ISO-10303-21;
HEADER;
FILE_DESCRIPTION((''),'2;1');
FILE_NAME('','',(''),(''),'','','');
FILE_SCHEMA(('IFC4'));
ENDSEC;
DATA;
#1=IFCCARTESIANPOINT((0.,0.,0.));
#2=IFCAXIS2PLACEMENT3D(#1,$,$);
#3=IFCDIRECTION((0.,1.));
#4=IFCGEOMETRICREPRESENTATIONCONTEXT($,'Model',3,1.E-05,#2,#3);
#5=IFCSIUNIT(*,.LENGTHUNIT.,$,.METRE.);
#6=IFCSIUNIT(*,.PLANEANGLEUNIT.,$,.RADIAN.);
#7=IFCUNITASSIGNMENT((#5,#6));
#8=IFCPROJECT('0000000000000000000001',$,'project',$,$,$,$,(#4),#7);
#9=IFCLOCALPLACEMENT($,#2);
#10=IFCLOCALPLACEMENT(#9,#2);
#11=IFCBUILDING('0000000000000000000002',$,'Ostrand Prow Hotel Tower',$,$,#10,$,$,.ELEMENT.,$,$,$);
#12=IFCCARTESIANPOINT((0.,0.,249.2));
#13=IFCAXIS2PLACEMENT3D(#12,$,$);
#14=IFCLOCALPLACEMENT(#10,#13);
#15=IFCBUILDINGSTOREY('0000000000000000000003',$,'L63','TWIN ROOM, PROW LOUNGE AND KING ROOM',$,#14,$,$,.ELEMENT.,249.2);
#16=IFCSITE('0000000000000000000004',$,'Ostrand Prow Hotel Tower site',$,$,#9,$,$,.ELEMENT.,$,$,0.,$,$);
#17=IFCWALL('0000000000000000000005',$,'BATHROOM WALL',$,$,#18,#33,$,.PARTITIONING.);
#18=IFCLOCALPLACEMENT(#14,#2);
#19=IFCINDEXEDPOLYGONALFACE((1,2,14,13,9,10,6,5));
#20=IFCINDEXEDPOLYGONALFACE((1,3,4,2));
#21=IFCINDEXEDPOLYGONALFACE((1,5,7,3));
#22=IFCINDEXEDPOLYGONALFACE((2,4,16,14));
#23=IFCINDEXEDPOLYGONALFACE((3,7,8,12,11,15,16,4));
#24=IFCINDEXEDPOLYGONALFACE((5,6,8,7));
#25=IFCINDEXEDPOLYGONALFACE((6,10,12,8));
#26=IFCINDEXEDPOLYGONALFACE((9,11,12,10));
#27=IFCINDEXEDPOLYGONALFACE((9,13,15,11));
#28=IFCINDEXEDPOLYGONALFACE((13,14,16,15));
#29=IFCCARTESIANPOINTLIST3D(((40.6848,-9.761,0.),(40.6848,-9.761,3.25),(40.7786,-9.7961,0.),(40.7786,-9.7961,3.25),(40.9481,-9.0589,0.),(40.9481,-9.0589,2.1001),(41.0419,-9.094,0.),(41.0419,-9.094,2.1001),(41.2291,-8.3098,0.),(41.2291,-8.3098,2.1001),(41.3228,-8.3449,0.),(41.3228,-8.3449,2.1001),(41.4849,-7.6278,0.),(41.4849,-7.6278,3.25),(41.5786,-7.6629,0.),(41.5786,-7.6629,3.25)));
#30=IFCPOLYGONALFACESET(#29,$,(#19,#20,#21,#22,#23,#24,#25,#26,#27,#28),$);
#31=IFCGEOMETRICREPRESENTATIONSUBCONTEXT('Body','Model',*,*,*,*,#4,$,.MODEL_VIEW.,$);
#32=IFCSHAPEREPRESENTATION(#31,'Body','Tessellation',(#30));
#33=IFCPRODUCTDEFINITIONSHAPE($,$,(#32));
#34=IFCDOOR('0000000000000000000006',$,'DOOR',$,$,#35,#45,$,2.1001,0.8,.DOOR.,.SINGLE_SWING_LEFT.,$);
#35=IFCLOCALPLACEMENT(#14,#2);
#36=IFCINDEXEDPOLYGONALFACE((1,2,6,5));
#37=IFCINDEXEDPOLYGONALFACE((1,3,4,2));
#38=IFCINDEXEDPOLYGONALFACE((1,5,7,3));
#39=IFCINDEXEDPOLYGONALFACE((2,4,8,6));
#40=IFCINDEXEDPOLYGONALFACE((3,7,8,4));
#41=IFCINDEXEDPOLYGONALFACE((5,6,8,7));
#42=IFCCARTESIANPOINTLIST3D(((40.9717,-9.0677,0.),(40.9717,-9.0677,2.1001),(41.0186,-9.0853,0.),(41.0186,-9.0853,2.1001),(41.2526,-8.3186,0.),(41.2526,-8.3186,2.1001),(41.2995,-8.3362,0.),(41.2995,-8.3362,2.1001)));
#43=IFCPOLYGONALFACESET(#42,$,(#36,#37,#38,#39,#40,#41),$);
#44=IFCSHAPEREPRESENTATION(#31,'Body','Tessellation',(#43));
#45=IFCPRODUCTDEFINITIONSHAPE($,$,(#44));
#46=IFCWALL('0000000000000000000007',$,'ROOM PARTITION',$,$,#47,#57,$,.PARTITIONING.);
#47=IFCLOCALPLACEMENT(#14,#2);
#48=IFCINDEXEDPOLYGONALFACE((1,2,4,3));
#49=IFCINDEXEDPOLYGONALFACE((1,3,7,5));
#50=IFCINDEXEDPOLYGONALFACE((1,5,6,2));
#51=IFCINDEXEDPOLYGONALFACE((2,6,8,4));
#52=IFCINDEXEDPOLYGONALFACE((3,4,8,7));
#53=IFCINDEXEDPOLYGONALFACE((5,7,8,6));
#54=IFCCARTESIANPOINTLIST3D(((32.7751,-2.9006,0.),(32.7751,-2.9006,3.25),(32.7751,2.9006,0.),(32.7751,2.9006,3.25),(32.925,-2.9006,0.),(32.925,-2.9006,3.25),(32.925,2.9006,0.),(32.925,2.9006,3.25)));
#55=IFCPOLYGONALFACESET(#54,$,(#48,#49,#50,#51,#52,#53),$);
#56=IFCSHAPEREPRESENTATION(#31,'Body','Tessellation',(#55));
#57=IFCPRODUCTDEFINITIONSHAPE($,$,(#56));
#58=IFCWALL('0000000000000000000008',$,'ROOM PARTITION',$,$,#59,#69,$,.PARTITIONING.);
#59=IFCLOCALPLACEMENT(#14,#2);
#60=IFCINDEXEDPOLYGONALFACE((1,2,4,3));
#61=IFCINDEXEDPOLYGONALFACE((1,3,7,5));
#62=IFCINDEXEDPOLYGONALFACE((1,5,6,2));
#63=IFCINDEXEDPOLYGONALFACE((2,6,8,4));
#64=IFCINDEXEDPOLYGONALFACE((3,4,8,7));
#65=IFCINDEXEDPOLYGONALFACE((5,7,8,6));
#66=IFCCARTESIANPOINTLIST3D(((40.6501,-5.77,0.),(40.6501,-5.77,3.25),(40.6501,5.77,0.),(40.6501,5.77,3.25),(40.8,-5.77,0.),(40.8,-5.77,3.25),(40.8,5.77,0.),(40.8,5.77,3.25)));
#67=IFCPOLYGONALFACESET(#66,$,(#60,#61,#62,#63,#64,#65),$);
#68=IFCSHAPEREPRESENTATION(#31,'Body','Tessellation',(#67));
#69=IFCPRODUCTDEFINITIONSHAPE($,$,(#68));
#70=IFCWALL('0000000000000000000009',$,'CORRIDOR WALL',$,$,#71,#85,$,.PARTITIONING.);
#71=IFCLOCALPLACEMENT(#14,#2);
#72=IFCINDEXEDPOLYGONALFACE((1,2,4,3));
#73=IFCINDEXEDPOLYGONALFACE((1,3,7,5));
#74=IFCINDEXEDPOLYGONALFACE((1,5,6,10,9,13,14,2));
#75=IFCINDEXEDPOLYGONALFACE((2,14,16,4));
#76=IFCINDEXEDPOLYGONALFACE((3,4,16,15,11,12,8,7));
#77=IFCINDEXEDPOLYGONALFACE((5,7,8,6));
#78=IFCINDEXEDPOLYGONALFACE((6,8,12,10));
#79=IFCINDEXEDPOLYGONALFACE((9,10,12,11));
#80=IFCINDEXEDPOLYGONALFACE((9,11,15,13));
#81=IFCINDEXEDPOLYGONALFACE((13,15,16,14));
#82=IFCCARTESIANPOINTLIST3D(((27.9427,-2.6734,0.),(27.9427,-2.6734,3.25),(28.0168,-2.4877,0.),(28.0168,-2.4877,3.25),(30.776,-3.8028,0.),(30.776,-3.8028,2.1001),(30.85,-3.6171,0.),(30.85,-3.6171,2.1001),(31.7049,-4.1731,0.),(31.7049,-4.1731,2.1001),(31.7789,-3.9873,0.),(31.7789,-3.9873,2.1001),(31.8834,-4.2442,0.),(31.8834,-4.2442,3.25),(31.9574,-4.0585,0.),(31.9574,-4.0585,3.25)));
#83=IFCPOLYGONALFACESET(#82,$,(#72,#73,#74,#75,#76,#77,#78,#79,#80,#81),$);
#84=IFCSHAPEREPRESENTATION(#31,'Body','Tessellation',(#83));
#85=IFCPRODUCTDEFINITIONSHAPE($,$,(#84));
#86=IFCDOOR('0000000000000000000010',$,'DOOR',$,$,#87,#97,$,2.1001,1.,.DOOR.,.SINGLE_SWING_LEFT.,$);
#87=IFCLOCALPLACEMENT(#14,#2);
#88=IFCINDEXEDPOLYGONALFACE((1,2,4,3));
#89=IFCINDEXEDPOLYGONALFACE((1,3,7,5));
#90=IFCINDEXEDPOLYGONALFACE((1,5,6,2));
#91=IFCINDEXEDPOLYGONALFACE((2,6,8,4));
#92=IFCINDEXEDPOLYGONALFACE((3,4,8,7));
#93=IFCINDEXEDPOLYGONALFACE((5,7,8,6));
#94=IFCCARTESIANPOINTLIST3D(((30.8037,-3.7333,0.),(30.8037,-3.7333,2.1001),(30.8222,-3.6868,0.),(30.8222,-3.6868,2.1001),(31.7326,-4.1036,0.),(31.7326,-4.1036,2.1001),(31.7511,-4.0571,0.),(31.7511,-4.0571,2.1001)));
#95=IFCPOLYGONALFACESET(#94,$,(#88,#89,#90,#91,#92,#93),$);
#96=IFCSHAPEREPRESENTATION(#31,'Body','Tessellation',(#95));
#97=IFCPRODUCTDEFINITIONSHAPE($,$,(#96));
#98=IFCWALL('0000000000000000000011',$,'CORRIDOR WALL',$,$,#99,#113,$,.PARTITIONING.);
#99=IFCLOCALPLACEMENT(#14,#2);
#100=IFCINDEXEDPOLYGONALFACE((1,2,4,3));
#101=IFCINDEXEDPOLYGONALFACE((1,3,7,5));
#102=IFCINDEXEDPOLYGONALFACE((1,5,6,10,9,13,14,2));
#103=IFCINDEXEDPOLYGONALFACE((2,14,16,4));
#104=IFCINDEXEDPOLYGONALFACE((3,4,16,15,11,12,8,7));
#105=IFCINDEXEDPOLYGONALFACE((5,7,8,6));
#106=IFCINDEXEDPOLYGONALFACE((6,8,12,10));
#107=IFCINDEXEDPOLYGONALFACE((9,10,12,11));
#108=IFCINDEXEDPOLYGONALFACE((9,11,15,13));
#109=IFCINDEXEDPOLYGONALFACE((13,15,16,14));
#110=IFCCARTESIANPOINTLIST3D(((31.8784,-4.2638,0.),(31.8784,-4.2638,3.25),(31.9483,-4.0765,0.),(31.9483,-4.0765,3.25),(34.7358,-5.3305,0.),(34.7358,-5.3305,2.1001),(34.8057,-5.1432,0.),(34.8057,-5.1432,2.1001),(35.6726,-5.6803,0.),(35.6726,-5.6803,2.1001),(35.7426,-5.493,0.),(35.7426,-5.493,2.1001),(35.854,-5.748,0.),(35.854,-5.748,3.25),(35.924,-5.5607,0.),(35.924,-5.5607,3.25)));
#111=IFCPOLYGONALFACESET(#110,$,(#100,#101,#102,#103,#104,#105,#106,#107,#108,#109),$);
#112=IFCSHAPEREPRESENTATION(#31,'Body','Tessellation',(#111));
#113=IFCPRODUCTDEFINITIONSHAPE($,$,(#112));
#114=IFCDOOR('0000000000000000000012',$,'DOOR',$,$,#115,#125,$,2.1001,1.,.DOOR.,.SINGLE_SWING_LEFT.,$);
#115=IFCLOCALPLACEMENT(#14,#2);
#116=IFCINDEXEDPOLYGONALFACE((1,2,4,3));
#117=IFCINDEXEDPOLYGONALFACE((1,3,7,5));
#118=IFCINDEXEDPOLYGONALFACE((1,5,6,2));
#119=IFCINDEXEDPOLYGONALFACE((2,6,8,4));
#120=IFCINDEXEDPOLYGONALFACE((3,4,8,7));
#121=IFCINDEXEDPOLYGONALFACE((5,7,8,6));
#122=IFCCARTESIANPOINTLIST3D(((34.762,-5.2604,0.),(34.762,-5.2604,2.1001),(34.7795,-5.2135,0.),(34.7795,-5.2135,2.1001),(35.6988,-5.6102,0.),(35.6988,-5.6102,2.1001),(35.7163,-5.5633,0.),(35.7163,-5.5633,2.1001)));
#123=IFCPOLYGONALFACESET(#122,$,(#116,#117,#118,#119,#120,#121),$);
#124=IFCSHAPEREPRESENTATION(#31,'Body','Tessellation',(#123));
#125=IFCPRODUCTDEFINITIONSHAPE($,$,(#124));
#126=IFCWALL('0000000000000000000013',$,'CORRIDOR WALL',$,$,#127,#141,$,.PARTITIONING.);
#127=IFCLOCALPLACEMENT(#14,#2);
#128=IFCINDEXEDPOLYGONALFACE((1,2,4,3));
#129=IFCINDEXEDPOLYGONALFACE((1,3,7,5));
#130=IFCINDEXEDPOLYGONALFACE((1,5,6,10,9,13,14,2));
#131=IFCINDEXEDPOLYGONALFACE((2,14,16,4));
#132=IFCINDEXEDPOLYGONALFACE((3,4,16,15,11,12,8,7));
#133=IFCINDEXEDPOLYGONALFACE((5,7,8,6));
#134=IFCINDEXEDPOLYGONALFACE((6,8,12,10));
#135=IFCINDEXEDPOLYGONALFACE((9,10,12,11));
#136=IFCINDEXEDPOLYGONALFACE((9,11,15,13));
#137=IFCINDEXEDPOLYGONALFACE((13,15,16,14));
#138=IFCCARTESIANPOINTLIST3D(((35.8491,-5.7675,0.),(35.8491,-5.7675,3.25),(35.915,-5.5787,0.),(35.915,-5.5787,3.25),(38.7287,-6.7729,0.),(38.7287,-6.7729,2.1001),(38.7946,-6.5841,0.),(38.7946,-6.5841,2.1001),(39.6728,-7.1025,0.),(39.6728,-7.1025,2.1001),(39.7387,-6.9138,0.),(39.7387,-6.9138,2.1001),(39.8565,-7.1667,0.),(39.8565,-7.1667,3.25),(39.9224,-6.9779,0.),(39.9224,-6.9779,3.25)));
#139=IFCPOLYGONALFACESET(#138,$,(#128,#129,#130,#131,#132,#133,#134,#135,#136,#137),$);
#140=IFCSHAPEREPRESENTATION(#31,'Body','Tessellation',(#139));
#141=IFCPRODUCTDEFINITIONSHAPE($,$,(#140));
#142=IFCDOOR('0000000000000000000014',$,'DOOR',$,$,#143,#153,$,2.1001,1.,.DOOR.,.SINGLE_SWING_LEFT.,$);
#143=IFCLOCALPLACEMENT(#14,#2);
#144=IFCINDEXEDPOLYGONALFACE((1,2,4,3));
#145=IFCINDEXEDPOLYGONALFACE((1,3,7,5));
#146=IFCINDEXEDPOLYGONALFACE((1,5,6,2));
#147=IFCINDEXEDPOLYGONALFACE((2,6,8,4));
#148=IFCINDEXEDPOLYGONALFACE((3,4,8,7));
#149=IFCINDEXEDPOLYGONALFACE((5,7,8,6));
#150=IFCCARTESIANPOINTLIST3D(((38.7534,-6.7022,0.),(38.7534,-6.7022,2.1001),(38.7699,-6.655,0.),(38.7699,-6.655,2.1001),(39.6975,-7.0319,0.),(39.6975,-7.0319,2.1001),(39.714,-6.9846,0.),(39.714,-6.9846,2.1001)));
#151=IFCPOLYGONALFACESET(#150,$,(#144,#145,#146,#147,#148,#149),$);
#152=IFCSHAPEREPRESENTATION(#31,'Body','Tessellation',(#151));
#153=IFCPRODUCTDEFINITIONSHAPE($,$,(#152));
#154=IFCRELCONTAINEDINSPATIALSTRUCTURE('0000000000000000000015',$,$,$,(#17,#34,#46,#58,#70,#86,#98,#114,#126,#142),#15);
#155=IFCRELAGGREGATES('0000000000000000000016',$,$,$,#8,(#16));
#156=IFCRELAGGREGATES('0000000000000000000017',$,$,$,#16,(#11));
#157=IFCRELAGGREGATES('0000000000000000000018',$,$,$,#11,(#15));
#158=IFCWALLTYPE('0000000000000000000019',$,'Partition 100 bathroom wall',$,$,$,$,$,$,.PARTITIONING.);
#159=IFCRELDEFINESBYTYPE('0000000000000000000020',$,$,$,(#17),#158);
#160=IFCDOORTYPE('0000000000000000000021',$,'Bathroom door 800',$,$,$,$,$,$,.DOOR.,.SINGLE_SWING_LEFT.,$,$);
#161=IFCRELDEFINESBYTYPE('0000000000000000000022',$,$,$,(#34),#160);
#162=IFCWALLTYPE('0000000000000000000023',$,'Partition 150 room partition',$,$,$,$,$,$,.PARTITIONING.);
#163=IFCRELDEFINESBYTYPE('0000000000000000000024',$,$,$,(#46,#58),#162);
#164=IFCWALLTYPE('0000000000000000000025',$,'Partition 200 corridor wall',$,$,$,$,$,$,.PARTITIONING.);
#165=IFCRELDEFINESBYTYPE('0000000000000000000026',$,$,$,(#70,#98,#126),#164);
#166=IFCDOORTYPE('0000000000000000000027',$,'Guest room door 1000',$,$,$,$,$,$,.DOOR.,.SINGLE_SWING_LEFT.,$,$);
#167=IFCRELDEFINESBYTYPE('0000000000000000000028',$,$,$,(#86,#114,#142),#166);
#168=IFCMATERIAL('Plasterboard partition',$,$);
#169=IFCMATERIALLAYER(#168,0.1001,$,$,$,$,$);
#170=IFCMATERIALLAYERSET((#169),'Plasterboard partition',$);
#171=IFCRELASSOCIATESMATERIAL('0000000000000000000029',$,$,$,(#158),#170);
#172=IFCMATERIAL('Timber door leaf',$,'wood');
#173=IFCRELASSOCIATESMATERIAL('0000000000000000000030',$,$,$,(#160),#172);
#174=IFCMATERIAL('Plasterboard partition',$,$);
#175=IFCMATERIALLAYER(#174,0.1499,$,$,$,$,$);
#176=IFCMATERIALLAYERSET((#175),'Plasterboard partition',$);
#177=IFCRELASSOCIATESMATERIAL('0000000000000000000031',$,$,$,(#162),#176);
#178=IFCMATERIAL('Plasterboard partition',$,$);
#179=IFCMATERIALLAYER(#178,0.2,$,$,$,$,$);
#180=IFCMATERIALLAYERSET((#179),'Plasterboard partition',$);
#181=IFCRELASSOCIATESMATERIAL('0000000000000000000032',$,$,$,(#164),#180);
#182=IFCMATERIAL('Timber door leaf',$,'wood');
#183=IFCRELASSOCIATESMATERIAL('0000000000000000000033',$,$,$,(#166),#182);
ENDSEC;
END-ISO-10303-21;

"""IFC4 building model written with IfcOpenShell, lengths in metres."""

from ifc_helpers import new_model, si_unit, direction, frame, frame_2d, origin, place, context, subcontext, project, spatial, rectangle, extrude, material, layer, layer_set, type_object, element, fill, save


model = new_model("IFC4")

# Units and contexts
model_context = context("Model", 3, precision=1e-05, world=origin(), true_north=direction((0.0, 1.0)))
body_context = subcontext(model_context, "Body", "Model", "MODEL_VIEW")
ifc_project = project(units=[si_unit("LENGTHUNIT", "METRE"), si_unit("PLANEANGLEUNIT", "RADIAN")], contexts=[model_context])

# Site, building, storey
site_placement = place(None, origin())
site = spatial("IfcSite", under=ifc_project, at=site_placement, Name="Ostrand Prow Hotel Tower site", CompositionType="ELEMENT", RefElevation=0.0)
building_placement = place(site_placement, origin())
building = spatial("IfcBuilding", under=site, at=building_placement, Name="Ostrand Prow Hotel Tower", CompositionType="ELEMENT")
storey_placement = place(building_placement, frame((0.0, 0.0, 249.2)))
storey = spatial("IfcBuildingStorey", under=building, at=storey_placement, Name="L63", Description="TWIN ROOM, PROW LOUNGE AND KING ROOM", CompositionType="ELEMENT", Elevation=249.2)

# Shared definitions
ifc_material_1 = material(Name="Plasterboard partition")
ifc_layer_1 = layer(ifc_material_1, 0.1001)
ifc_layer_set_1 = layer_set([ifc_layer_1], Name="Plasterboard partition")
wall_type_1 = type_object("IfcWallType", Name="Partition 100 bathroom wall", PredefinedType="PARTITIONING", material=ifc_layer_set_1)

# Shared definitions
ifc_material_2 = material(Name="Timber door leaf", Category="wood")
door_type_1 = type_object("IfcDoorType", Name="Bathroom door 800", OperationType="SINGLE_SWING_LEFT", PredefinedType="DOOR", material=ifc_material_2)

# Wall, opening, door
wall_1_placement = place(storey_placement, frame((40.7317, -9.7786, 0.0), z_axis=(0.0, 0.0, 1.0), x_axis=(0.351147, 0.93632, 0.0)))
wall_1 = element("IfcWall", 1, at=wall_1_placement, inside=storey, type_object=wall_type_1, Name="BATHROOM WALL", PredefinedType="PARTITIONING", context=body_context, shape_type="SweptSolid", body=[
    extrude(rectangle(XDim=2.2783, YDim=0.1001, at=frame_2d((1.1392, 0.0))), origin(), (0.0, 0.0, 1.0), 3.25),
])
opening_1_placement = place(wall_1_placement, frame((0.75, 0.0, 0.0)))
opening_1 = element("IfcOpeningElement", 2, at=opening_1_placement, cuts=wall_1, PredefinedType="OPENING", context=body_context, shape_type="SweptSolid", body=[
    extrude(rectangle(XDim=0.8, YDim=2.1001, at=frame_2d((0.3999, 1.05))), frame((0.0, 0.0601, 0.0), z_axis=(0.0, -1.0, 0.0), x_axis=(1.0, 0.0, 0.0)), (0.0, 0.0, 1.0), 0.1201),
])
door_1_placement = place(opening_1_placement, origin())
door_1 = element("IfcDoor", 3, at=door_1_placement, inside=storey, type_object=door_type_1, Name="DOOR", OperationType="SINGLE_SWING_LEFT", OverallHeight=2.1001, OverallWidth=0.8, PredefinedType="DOOR", context=body_context, shape_type="SweptSolid", body=[
    extrude(rectangle(XDim=0.8, YDim=2.1001, at=frame_2d((0.3999, 1.05))), frame((0.0, 0.0249, 0.0), z_axis=(0.0, -1.0, 0.0), x_axis=(1.0, 0.0, 0.0)), (0.0, 0.0, 1.0), 0.05),
])
fill(opening_1, door_1)

# Walls
ifc_material_3 = material(Name="Plasterboard partition")
ifc_layer_2 = layer(ifc_material_3, 0.1499)
ifc_layer_set_2 = layer_set([ifc_layer_2], Name="Plasterboard partition")
wall_type_2 = type_object("IfcWallType", Name="Partition 150 room partition", PredefinedType="PARTITIONING", material=ifc_layer_set_2)
wall_2_placement = place(storey_placement, frame((32.8501, -2.9006, 0.0), z_axis=(0.0, 0.0, 1.0), x_axis=(0.0, 1.0, 0.0)))
element("IfcWall", 4, at=wall_2_placement, inside=storey, type_object=wall_type_2, Name="ROOM PARTITION", PredefinedType="PARTITIONING", context=body_context, shape_type="SweptSolid", body=[
    extrude(rectangle(XDim=5.8013, YDim=0.1499, at=frame_2d((2.9006, 0.0))), origin(), (0.0, 0.0, 1.0), 3.25),
])
wall_3_placement = place(storey_placement, frame((40.7251, -5.77, 0.0), z_axis=(0.0, 0.0, 1.0), x_axis=(0.0, 1.0, 0.0)))
element("IfcWall", 5, at=wall_3_placement, inside=storey, type_object=wall_type_2, Name="ROOM PARTITION", PredefinedType="PARTITIONING", context=body_context, shape_type="SweptSolid", body=[
    extrude(rectangle(XDim=11.54, YDim=0.1499, at=frame_2d((5.77, 0.0))), origin(), (0.0, 0.0, 1.0), 3.25),
])

# Walls, openings, doors
ifc_material_4 = material(Name="Plasterboard partition")
ifc_layer_3 = layer(ifc_material_4, 0.2)
ifc_layer_set_3 = layer_set([ifc_layer_3], Name="Plasterboard partition")
wall_type_3 = type_object("IfcWallType", Name="Partition 200 corridor wall", PredefinedType="PARTITIONING", material=ifc_layer_set_3)
wall_4_placement = place(storey_placement, frame((27.9797, -2.5806, 0.0), z_axis=(0.0, 0.0, 1.0), x_axis=(0.928921, -0.370279, 0.0)))
wall_4 = element("IfcWall", 6, at=wall_4_placement, inside=storey, type_object=wall_type_3, Name="CORRIDOR WALL", PredefinedType="PARTITIONING", context=body_context, shape_type="SweptSolid", body=[
    extrude(rectangle(XDim=4.2422, YDim=0.2, at=frame_2d((2.1211, 0.0))), origin(), (0.0, 0.0, 1.0), 3.25),
])
opening_2_placement = place(wall_4_placement, frame((3.05, 0.0, 0.0)))
opening_2 = element("IfcOpeningElement", 7, at=opening_2_placement, cuts=wall_4, PredefinedType="OPENING", context=body_context, shape_type="SweptSolid", body=[
    extrude(rectangle(XDim=1.0, YDim=2.1001, at=frame_2d((0.5, 1.05))), frame((0.0, 0.1099, 0.0), z_axis=(0.0, -1.0, 0.0), x_axis=(1.0, 0.0, 0.0)), (0.0, 0.0, 1.0), 0.22),
])
ifc_material_5 = material(Name="Timber door leaf", Category="wood")
door_type_2 = type_object("IfcDoorType", Name="Guest room door 1000", OperationType="SINGLE_SWING_LEFT", PredefinedType="DOOR", material=ifc_material_5)
door_2_placement = place(opening_2_placement, origin())
door_2 = element("IfcDoor", 8, at=door_2_placement, inside=storey, type_object=door_type_2, Name="DOOR", OperationType="SINGLE_SWING_LEFT", OverallHeight=2.1001, OverallWidth=1.0, PredefinedType="DOOR", context=body_context, shape_type="SweptSolid", body=[
    extrude(rectangle(XDim=1.0, YDim=2.1001, at=frame_2d((0.5, 1.05))), frame((0.0, 0.0249, 0.0), z_axis=(0.0, -1.0, 0.0), x_axis=(1.0, 0.0, 0.0)), (0.0, 0.0, 1.0), 0.05),
])
fill(opening_2, door_2)
wall_5_placement = place(storey_placement, frame((31.9133, -4.1702, 0.0), z_axis=(0.0, 0.0, 1.0), x_axis=(0.936848, -0.349736, 0.0)))
wall_5 = element("IfcWall", 9, at=wall_5_placement, inside=storey, type_object=wall_type_3, Name="CORRIDOR WALL", PredefinedType="PARTITIONING", context=body_context, shape_type="SweptSolid", body=[
    extrude(rectangle(XDim=4.2437, YDim=0.2, at=frame_2d((2.1218, 0.0))), origin(), (0.0, 0.0, 1.0), 3.25),
])
opening_3_placement = place(wall_5_placement, frame((3.05, 0.0, 0.0)))
opening_3 = element("IfcOpeningElement", 10, at=opening_3_placement, cuts=wall_5, PredefinedType="OPENING", context=body_context, shape_type="SweptSolid", body=[
    extrude(rectangle(XDim=1.0, YDim=2.1001, at=frame_2d((0.5, 1.05))), frame((0.0, 0.1099, 0.0), z_axis=(0.0, -1.0, 0.0), x_axis=(1.0, 0.0, 0.0)), (0.0, 0.0, 1.0), 0.22),
])
door_3_placement = place(opening_3_placement, origin())
door_3 = element("IfcDoor", 11, at=door_3_placement, inside=storey, type_object=door_type_2, Name="DOOR", OperationType="SINGLE_SWING_LEFT", OverallHeight=2.1001, OverallWidth=1.0, PredefinedType="DOOR", context=body_context, shape_type="SweptSolid", body=[
    extrude(rectangle(XDim=1.0, YDim=2.1001, at=frame_2d((0.5, 1.05))), frame((0.0, 0.0249, 0.0), z_axis=(0.0, -1.0, 0.0), x_axis=(1.0, 0.0, 0.0)), (0.0, 0.0, 1.0), 0.05),
])
fill(opening_3, door_3)
wall_6_placement = place(storey_placement, frame((35.8821, -5.6731, 0.0), z_axis=(0.0, 0.0, 1.0), x_axis=(0.944107, -0.329638, 0.0)))
wall_6 = element("IfcWall", 12, at=wall_6_placement, inside=storey, type_object=wall_type_3, Name="CORRIDOR WALL", PredefinedType="PARTITIONING", context=body_context, shape_type="SweptSolid", body=[
    extrude(rectangle(XDim=4.2446, YDim=0.2, at=frame_2d((2.1223, 0.0))), origin(), (0.0, 0.0, 1.0), 3.25),
])
opening_4_placement = place(wall_6_placement, frame((3.05, 0.0, 0.0)))
opening_4 = element("IfcOpeningElement", 13, at=opening_4_placement, cuts=wall_6, PredefinedType="OPENING", context=body_context, shape_type="SweptSolid", body=[
    extrude(rectangle(XDim=1.0, YDim=2.1001, at=frame_2d((0.5, 1.05))), frame((0.0, 0.1099, 0.0), z_axis=(0.0, -1.0, 0.0), x_axis=(1.0, 0.0, 0.0)), (0.0, 0.0, 1.0), 0.22),
])
door_4_placement = place(opening_4_placement, origin())
door_4 = element("IfcDoor", 14, at=door_4_placement, inside=storey, type_object=door_type_2, Name="DOOR", OperationType="SINGLE_SWING_LEFT", OverallHeight=2.1001, OverallWidth=1.0, PredefinedType="DOOR", context=body_context, shape_type="SweptSolid", body=[
    extrude(rectangle(XDim=1.0, YDim=2.1001, at=frame_2d((0.5, 1.05))), frame((0.0, 0.0249, 0.0), z_axis=(0.0, -1.0, 0.0), x_axis=(1.0, 0.0, 0.0)), (0.0, 0.0, 1.0), 0.05),
])
fill(opening_4, door_4)

save(model, "model.ifc")
